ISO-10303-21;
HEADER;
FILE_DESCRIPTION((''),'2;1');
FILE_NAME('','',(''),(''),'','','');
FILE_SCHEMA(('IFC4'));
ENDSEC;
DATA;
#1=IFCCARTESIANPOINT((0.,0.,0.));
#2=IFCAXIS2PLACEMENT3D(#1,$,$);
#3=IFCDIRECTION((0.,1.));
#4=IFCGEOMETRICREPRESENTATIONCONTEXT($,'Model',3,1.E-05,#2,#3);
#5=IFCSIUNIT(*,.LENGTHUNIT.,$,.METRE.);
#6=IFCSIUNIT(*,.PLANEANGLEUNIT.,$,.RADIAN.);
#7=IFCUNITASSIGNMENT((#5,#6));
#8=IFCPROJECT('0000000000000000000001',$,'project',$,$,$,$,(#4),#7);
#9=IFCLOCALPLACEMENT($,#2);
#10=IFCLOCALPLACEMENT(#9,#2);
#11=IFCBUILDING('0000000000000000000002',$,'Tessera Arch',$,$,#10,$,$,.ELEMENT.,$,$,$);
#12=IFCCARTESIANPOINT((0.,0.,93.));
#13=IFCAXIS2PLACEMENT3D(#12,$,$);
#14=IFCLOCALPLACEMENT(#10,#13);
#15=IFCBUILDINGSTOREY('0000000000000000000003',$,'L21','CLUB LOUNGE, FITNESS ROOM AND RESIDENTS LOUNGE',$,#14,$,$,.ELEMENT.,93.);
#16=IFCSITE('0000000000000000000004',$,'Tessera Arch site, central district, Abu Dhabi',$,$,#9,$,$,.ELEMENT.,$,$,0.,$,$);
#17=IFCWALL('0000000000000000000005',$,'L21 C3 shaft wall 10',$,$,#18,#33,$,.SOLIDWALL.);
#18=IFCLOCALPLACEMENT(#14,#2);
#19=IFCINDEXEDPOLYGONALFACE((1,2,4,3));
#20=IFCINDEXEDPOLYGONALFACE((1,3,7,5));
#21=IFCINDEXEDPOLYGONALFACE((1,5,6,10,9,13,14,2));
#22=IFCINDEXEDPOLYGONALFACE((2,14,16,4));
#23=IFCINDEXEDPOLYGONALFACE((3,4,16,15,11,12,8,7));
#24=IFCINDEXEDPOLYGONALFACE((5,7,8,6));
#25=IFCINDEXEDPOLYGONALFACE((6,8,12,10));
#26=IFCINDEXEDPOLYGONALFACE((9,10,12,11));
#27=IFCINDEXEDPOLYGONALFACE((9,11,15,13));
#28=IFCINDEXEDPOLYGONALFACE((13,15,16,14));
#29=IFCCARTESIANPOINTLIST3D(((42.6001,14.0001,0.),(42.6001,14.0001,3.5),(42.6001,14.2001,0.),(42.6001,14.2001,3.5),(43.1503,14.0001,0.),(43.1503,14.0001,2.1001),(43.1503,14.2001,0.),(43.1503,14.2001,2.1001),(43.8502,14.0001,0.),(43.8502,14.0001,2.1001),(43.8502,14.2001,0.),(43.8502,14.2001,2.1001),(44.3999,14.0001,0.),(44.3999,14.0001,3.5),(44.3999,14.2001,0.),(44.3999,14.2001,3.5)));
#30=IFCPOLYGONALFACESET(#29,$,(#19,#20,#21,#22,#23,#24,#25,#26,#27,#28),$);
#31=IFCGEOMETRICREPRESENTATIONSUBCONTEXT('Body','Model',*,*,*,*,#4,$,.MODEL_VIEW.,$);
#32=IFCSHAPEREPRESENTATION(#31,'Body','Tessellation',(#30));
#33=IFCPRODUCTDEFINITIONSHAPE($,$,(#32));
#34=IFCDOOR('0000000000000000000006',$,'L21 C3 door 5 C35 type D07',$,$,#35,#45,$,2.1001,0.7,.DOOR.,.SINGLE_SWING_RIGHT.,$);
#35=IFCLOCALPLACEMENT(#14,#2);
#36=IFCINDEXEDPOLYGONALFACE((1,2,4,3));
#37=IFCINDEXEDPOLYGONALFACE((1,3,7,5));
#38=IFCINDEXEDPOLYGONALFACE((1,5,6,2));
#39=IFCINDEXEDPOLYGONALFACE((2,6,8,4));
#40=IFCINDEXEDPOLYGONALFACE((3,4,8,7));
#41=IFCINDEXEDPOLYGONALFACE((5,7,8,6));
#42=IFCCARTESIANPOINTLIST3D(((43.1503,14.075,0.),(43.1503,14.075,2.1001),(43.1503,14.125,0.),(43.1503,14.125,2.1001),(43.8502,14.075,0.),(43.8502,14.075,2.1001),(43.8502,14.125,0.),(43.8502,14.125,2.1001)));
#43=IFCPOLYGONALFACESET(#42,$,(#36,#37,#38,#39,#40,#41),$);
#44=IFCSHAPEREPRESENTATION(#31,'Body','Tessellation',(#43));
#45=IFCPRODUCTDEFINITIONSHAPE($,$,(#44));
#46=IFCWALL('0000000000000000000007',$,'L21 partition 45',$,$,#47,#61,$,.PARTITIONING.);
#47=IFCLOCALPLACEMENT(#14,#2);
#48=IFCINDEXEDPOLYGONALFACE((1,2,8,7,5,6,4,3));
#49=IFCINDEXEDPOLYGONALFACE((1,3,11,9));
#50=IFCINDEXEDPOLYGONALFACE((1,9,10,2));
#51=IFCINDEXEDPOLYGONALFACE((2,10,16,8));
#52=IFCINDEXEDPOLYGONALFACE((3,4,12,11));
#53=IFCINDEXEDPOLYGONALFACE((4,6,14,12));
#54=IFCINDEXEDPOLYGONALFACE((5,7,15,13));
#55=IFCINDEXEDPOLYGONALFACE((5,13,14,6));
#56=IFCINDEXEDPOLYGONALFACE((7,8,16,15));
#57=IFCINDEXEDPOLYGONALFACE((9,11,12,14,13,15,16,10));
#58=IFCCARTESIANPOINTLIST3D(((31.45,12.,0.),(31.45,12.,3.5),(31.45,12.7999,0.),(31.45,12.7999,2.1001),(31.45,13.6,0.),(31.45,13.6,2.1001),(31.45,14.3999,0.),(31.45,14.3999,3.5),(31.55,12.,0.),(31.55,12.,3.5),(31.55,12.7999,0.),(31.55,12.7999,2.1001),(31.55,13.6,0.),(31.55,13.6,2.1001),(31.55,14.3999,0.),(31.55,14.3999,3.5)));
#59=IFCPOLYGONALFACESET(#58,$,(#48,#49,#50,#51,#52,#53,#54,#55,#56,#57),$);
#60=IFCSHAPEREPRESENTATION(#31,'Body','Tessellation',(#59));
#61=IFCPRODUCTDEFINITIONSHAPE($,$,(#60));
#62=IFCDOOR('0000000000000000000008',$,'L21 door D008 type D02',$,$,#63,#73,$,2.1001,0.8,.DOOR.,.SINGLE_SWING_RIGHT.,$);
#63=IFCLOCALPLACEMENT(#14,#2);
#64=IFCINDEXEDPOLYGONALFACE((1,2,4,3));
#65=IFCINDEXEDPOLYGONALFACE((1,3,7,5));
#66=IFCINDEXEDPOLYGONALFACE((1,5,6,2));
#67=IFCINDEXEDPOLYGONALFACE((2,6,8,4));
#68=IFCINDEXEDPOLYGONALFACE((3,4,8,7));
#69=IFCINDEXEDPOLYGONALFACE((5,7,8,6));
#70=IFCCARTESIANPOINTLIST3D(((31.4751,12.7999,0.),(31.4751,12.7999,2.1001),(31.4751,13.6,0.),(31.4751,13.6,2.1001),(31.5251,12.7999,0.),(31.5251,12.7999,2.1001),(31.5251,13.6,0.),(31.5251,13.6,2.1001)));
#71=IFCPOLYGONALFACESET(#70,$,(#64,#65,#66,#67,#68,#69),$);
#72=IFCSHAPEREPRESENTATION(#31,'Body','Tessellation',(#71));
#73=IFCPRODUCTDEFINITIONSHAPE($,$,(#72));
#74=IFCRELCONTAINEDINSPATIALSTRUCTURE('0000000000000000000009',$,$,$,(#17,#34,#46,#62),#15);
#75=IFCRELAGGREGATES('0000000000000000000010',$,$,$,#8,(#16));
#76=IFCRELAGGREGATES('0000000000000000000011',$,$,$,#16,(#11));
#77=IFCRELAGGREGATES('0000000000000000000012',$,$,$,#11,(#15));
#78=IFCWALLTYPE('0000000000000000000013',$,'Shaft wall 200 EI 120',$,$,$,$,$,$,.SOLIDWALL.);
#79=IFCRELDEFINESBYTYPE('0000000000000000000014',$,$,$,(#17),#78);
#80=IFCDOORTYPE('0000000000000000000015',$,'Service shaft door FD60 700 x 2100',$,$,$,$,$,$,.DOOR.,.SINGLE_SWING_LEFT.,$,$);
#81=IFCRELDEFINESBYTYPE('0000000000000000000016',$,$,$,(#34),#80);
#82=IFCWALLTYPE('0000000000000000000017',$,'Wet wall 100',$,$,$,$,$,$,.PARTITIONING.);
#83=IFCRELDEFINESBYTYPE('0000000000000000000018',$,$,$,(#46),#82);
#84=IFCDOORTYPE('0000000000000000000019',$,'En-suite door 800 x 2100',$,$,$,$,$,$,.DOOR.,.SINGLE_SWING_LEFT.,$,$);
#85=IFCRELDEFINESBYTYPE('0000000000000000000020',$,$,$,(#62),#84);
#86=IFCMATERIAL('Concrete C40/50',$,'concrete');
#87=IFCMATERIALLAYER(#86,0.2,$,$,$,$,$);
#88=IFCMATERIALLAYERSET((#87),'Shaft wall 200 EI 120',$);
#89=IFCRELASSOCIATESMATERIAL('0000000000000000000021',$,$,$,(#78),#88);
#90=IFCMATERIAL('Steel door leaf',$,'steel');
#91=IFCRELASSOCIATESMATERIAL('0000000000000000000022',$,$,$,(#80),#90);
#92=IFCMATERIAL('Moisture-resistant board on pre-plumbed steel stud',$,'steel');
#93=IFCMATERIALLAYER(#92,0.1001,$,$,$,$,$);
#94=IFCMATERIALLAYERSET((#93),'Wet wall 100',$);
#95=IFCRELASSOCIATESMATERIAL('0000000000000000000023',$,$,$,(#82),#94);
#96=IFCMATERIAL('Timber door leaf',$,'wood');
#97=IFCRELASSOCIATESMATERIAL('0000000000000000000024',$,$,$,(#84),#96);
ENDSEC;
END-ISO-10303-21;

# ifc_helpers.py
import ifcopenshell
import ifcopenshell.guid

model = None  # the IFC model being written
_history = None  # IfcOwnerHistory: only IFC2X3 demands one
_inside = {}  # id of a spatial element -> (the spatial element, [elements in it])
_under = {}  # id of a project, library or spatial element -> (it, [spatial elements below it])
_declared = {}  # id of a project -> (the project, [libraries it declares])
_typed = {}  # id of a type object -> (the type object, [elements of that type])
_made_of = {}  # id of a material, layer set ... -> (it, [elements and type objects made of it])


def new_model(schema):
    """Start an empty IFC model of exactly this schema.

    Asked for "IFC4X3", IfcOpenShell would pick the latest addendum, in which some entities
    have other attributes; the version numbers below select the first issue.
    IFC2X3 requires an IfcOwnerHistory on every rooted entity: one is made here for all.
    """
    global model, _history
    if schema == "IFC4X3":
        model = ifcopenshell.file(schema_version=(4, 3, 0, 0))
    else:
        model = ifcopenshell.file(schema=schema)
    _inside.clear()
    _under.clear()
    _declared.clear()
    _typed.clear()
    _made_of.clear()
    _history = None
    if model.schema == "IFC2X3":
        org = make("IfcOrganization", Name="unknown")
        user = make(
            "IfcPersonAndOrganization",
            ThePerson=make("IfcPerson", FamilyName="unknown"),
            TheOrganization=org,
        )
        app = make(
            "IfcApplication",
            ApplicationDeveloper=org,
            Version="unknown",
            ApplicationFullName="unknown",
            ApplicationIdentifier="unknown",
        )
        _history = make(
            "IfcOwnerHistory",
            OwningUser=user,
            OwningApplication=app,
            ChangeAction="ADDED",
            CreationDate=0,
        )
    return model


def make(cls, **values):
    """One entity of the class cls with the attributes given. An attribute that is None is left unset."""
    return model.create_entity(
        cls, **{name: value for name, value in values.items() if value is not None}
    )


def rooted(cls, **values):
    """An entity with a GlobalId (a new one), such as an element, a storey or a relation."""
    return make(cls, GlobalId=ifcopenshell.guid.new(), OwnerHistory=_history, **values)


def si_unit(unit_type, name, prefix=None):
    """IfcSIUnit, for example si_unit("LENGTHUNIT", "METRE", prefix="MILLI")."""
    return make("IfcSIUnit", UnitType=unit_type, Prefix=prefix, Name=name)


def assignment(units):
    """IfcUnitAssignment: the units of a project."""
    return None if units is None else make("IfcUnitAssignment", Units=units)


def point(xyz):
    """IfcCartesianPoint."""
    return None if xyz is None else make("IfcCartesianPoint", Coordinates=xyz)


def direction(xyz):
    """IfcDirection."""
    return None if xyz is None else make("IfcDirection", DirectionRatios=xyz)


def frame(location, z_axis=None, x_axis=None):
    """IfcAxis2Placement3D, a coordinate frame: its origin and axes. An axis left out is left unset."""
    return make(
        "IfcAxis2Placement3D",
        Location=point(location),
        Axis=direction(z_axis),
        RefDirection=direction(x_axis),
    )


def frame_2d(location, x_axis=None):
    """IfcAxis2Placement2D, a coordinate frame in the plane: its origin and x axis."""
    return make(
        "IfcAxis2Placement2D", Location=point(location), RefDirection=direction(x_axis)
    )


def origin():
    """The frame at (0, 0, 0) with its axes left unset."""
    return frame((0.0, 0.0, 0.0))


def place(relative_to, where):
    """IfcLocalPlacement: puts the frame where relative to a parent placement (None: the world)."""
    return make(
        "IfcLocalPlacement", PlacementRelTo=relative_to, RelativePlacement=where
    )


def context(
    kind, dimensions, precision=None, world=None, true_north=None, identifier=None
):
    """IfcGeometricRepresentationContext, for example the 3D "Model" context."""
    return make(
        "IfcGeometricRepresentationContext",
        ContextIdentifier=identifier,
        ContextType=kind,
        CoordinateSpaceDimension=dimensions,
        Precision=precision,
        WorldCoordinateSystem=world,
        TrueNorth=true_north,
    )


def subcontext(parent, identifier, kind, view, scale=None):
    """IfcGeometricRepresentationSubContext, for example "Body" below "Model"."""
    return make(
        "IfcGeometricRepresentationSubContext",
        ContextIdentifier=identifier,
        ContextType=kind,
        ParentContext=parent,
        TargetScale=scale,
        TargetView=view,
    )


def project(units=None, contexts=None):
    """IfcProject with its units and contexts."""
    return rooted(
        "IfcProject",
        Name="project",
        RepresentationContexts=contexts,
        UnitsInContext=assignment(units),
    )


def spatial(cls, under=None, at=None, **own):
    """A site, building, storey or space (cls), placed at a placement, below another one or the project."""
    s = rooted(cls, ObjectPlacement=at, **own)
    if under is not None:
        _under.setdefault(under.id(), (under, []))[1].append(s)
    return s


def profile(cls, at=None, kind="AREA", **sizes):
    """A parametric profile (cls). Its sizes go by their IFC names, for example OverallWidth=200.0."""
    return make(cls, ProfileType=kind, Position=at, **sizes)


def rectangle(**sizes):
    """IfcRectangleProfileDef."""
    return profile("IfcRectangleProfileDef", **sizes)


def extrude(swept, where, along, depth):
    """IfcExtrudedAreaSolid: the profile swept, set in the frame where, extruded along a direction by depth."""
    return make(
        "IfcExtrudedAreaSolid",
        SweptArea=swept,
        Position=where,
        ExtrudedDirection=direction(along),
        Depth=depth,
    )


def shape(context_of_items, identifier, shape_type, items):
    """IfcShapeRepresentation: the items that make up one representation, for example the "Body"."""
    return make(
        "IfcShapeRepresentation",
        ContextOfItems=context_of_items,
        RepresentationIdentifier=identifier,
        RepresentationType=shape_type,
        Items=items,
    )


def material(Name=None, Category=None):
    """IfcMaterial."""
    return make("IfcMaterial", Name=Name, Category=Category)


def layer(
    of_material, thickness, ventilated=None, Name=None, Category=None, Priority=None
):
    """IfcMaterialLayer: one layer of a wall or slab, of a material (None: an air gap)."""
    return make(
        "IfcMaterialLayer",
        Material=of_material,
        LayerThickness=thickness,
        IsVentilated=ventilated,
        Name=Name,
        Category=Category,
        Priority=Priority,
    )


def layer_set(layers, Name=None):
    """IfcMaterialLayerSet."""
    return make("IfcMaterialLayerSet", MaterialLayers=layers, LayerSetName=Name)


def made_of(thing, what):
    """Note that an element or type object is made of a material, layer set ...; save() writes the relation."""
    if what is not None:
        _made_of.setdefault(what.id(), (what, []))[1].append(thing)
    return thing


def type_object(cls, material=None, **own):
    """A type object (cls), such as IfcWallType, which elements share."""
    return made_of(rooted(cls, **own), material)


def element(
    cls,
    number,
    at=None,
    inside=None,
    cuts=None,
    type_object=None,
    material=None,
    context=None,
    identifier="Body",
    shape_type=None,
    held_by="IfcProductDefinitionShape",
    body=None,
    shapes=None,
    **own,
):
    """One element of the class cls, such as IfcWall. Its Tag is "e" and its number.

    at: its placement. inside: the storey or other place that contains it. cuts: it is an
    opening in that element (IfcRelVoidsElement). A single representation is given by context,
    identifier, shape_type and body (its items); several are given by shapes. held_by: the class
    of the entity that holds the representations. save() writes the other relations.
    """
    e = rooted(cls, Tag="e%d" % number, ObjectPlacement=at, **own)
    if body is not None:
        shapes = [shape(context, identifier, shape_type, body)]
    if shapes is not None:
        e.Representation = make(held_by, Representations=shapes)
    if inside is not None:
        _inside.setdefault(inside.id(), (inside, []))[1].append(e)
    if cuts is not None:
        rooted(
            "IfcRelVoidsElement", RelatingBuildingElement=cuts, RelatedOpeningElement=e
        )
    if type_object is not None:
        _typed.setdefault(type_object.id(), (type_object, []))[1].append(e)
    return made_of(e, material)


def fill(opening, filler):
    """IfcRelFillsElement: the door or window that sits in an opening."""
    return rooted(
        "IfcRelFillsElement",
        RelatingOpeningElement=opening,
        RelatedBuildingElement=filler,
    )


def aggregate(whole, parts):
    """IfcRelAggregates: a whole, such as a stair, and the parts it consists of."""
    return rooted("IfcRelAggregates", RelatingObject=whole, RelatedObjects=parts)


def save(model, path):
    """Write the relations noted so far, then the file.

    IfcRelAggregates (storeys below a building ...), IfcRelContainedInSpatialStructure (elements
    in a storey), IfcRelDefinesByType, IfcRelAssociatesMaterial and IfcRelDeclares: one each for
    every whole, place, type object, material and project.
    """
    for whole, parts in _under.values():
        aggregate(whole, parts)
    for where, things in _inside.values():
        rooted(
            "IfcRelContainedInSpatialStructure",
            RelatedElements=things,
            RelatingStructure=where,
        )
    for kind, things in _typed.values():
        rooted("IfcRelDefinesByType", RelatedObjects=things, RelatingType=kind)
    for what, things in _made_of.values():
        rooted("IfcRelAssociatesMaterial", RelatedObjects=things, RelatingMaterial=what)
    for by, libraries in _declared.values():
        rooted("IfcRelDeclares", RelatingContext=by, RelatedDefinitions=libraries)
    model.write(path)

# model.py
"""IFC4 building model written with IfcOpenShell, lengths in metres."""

from ifc_helpers import new_model, si_unit, direction, frame, frame_2d, origin, place, context, subcontext, project, spatial, rectangle, extrude, material, layer, layer_set, type_object, element, fill, save


model = new_model("IFC4")

# Units and contexts
model_context = context("Model", 3, precision=1e-05, world=origin(), true_north=direction((0.0, 1.0)))
body_context = subcontext(model_context, "Body", "Model", "MODEL_VIEW")
ifc_project = project(units=[si_unit("LENGTHUNIT", "METRE"), si_unit("PLANEANGLEUNIT", "RADIAN")], contexts=[model_context])

# Site, building, storey
site_placement = place(None, origin())
site = spatial("IfcSite", under=ifc_project, at=site_placement, Name="Tessera Arch site, central district, Abu Dhabi", CompositionType="ELEMENT", RefElevation=0.0)
building_placement = place(site_placement, origin())
building = spatial("IfcBuilding", under=site, at=building_placement, Name="Tessera Arch", CompositionType="ELEMENT")
storey_placement = place(building_placement, frame((0.0, 0.0, 93.0)))
storey = spatial("IfcBuildingStorey", under=building, at=storey_placement, Name="L21", Description="CLUB LOUNGE, FITNESS ROOM AND RESIDENTS LOUNGE", CompositionType="ELEMENT", Elevation=93.0)

# Shared definitions
ifc_material_1 = material(Name="Concrete C40/50", Category="concrete")
ifc_layer_1 = layer(ifc_material_1, 0.2)
ifc_layer_set_1 = layer_set([ifc_layer_1], Name="Shaft wall 200 EI 120")
wall_type_1 = type_object("IfcWallType", Name="Shaft wall 200 EI 120", PredefinedType="SOLIDWALL", material=ifc_layer_set_1)

# Walls, openings, doors
wall_1_placement = place(storey_placement, frame((42.6001, 14.1001, 0.0), z_axis=(0.0, 0.0, 1.0), x_axis=(1.0, 0.0, 0.0)))
wall_1 = element("IfcWall", 1, at=wall_1_placement, inside=storey, type_object=wall_type_1, Name="L21 C3 shaft wall 10", PredefinedType="SOLIDWALL", context=body_context, shape_type="SweptSolid", body=[
    extrude(rectangle(XDim=1.7998, YDim=0.2, at=frame_2d((0.8999, 0.0))), origin(), (0.0, 0.0, 1.0), 3.5),
])
opening_1_placement = place(wall_1_placement, frame((0.55, 0.0, 0.0)))
opening_1 = element("IfcOpeningElement", 2, at=opening_1_placement, cuts=wall_1, PredefinedType="OPENING", context=body_context, shape_type="SweptSolid", body=[
    extrude(rectangle(XDim=0.7, YDim=2.1001, at=frame_2d((0.3501, 1.05))), frame((0.0, 0.1099, 0.0), z_axis=(0.0, -1.0, 0.0), x_axis=(1.0, 0.0, 0.0)), (0.0, 0.0, 1.0), 0.22),
])
ifc_material_2 = material(Name="Steel door leaf", Category="steel")
door_type_1 = type_object("IfcDoorType", Name="Service shaft door FD60 700 x 2100", OperationType="SINGLE_SWING_LEFT", PredefinedType="DOOR", material=ifc_material_2)
door_1_placement = place(opening_1_placement, origin())
door_1 = element("IfcDoor", 3, at=door_1_placement, inside=storey, type_object=door_type_1, Name="L21 C3 door 5 C35 type D07", OperationType="SINGLE_SWING_RIGHT", OverallHeight=2.1001, OverallWidth=0.7, PredefinedType="DOOR", context=body_context, shape_type="SweptSolid", body=[
    extrude(rectangle(XDim=0.7, YDim=2.1001, at=frame_2d((0.3501, 1.05))), frame((0.0, 0.0249, 0.0), z_axis=(0.0, -1.0, 0.0), x_axis=(1.0, 0.0, 0.0)), (0.0, 0.0, 1.0), 0.05),
])
fill(opening_1, door_1)
ifc_material_3 = material(Name="Moisture-resistant board on pre-plumbed steel stud", Category="steel")
ifc_layer_2 = layer(ifc_material_3, 0.1001)
ifc_layer_set_2 = layer_set([ifc_layer_2], Name="Wet wall 100")
wall_type_2 = type_object("IfcWallType", Name="Wet wall 100", PredefinedType="PARTITIONING", material=ifc_layer_set_2)
wall_2_placement = place(storey_placement, frame((31.5, 12.0, 0.0), z_axis=(0.0, 0.0, 1.0), x_axis=(0.0, 1.0, 0.0)))
wall_2 = element("IfcWall", 4, at=wall_2_placement, inside=storey, type_object=wall_type_2, Name="L21 partition 45", PredefinedType="PARTITIONING", context=body_context, shape_type="SweptSolid", body=[
    extrude(rectangle(XDim=2.3999, YDim=0.1001, at=frame_2d((1.2, 0.0))), origin(), (0.0, 0.0, 1.0), 3.5),
])
opening_2_placement = place(wall_2_placement, frame((0.8, 0.0, 0.0)))
opening_2 = element("IfcOpeningElement", 5, at=opening_2_placement, cuts=wall_2, PredefinedType="OPENING", context=body_context, shape_type="SweptSolid", body=[
    extrude(rectangle(XDim=0.8, YDim=2.1001, at=frame_2d((0.3999, 1.05))), frame((0.0, 0.0601, 0.0), z_axis=(0.0, -1.0, 0.0), x_axis=(1.0, 0.0, 0.0)), (0.0, 0.0, 1.0), 0.1201),
])
ifc_material_4 = material(Name="Timber door leaf", Category="wood")
door_type_2 = type_object("IfcDoorType", Name="En-suite door 800 x 2100", OperationType="SINGLE_SWING_LEFT", PredefinedType="DOOR", material=ifc_material_4)
door_2_placement = place(opening_2_placement, origin())
door_2 = element("IfcDoor", 6, at=door_2_placement, inside=storey, type_object=door_type_2, Name="L21 door D008 type D02", OperationType="SINGLE_SWING_RIGHT", OverallHeight=2.1001, OverallWidth=0.8, PredefinedType="DOOR", context=body_context, shape_type="SweptSolid", body=[
    extrude(rectangle(XDim=0.8, YDim=2.1001, at=frame_2d((0.3999, 1.05))), frame((0.0, 0.0249, 0.0), z_axis=(0.0, -1.0, 0.0), x_axis=(1.0, 0.0, 0.0)), (0.0, 0.0, 1.0), 0.05),
])
fill(opening_2, door_2)

save(model, "model.ifc")
